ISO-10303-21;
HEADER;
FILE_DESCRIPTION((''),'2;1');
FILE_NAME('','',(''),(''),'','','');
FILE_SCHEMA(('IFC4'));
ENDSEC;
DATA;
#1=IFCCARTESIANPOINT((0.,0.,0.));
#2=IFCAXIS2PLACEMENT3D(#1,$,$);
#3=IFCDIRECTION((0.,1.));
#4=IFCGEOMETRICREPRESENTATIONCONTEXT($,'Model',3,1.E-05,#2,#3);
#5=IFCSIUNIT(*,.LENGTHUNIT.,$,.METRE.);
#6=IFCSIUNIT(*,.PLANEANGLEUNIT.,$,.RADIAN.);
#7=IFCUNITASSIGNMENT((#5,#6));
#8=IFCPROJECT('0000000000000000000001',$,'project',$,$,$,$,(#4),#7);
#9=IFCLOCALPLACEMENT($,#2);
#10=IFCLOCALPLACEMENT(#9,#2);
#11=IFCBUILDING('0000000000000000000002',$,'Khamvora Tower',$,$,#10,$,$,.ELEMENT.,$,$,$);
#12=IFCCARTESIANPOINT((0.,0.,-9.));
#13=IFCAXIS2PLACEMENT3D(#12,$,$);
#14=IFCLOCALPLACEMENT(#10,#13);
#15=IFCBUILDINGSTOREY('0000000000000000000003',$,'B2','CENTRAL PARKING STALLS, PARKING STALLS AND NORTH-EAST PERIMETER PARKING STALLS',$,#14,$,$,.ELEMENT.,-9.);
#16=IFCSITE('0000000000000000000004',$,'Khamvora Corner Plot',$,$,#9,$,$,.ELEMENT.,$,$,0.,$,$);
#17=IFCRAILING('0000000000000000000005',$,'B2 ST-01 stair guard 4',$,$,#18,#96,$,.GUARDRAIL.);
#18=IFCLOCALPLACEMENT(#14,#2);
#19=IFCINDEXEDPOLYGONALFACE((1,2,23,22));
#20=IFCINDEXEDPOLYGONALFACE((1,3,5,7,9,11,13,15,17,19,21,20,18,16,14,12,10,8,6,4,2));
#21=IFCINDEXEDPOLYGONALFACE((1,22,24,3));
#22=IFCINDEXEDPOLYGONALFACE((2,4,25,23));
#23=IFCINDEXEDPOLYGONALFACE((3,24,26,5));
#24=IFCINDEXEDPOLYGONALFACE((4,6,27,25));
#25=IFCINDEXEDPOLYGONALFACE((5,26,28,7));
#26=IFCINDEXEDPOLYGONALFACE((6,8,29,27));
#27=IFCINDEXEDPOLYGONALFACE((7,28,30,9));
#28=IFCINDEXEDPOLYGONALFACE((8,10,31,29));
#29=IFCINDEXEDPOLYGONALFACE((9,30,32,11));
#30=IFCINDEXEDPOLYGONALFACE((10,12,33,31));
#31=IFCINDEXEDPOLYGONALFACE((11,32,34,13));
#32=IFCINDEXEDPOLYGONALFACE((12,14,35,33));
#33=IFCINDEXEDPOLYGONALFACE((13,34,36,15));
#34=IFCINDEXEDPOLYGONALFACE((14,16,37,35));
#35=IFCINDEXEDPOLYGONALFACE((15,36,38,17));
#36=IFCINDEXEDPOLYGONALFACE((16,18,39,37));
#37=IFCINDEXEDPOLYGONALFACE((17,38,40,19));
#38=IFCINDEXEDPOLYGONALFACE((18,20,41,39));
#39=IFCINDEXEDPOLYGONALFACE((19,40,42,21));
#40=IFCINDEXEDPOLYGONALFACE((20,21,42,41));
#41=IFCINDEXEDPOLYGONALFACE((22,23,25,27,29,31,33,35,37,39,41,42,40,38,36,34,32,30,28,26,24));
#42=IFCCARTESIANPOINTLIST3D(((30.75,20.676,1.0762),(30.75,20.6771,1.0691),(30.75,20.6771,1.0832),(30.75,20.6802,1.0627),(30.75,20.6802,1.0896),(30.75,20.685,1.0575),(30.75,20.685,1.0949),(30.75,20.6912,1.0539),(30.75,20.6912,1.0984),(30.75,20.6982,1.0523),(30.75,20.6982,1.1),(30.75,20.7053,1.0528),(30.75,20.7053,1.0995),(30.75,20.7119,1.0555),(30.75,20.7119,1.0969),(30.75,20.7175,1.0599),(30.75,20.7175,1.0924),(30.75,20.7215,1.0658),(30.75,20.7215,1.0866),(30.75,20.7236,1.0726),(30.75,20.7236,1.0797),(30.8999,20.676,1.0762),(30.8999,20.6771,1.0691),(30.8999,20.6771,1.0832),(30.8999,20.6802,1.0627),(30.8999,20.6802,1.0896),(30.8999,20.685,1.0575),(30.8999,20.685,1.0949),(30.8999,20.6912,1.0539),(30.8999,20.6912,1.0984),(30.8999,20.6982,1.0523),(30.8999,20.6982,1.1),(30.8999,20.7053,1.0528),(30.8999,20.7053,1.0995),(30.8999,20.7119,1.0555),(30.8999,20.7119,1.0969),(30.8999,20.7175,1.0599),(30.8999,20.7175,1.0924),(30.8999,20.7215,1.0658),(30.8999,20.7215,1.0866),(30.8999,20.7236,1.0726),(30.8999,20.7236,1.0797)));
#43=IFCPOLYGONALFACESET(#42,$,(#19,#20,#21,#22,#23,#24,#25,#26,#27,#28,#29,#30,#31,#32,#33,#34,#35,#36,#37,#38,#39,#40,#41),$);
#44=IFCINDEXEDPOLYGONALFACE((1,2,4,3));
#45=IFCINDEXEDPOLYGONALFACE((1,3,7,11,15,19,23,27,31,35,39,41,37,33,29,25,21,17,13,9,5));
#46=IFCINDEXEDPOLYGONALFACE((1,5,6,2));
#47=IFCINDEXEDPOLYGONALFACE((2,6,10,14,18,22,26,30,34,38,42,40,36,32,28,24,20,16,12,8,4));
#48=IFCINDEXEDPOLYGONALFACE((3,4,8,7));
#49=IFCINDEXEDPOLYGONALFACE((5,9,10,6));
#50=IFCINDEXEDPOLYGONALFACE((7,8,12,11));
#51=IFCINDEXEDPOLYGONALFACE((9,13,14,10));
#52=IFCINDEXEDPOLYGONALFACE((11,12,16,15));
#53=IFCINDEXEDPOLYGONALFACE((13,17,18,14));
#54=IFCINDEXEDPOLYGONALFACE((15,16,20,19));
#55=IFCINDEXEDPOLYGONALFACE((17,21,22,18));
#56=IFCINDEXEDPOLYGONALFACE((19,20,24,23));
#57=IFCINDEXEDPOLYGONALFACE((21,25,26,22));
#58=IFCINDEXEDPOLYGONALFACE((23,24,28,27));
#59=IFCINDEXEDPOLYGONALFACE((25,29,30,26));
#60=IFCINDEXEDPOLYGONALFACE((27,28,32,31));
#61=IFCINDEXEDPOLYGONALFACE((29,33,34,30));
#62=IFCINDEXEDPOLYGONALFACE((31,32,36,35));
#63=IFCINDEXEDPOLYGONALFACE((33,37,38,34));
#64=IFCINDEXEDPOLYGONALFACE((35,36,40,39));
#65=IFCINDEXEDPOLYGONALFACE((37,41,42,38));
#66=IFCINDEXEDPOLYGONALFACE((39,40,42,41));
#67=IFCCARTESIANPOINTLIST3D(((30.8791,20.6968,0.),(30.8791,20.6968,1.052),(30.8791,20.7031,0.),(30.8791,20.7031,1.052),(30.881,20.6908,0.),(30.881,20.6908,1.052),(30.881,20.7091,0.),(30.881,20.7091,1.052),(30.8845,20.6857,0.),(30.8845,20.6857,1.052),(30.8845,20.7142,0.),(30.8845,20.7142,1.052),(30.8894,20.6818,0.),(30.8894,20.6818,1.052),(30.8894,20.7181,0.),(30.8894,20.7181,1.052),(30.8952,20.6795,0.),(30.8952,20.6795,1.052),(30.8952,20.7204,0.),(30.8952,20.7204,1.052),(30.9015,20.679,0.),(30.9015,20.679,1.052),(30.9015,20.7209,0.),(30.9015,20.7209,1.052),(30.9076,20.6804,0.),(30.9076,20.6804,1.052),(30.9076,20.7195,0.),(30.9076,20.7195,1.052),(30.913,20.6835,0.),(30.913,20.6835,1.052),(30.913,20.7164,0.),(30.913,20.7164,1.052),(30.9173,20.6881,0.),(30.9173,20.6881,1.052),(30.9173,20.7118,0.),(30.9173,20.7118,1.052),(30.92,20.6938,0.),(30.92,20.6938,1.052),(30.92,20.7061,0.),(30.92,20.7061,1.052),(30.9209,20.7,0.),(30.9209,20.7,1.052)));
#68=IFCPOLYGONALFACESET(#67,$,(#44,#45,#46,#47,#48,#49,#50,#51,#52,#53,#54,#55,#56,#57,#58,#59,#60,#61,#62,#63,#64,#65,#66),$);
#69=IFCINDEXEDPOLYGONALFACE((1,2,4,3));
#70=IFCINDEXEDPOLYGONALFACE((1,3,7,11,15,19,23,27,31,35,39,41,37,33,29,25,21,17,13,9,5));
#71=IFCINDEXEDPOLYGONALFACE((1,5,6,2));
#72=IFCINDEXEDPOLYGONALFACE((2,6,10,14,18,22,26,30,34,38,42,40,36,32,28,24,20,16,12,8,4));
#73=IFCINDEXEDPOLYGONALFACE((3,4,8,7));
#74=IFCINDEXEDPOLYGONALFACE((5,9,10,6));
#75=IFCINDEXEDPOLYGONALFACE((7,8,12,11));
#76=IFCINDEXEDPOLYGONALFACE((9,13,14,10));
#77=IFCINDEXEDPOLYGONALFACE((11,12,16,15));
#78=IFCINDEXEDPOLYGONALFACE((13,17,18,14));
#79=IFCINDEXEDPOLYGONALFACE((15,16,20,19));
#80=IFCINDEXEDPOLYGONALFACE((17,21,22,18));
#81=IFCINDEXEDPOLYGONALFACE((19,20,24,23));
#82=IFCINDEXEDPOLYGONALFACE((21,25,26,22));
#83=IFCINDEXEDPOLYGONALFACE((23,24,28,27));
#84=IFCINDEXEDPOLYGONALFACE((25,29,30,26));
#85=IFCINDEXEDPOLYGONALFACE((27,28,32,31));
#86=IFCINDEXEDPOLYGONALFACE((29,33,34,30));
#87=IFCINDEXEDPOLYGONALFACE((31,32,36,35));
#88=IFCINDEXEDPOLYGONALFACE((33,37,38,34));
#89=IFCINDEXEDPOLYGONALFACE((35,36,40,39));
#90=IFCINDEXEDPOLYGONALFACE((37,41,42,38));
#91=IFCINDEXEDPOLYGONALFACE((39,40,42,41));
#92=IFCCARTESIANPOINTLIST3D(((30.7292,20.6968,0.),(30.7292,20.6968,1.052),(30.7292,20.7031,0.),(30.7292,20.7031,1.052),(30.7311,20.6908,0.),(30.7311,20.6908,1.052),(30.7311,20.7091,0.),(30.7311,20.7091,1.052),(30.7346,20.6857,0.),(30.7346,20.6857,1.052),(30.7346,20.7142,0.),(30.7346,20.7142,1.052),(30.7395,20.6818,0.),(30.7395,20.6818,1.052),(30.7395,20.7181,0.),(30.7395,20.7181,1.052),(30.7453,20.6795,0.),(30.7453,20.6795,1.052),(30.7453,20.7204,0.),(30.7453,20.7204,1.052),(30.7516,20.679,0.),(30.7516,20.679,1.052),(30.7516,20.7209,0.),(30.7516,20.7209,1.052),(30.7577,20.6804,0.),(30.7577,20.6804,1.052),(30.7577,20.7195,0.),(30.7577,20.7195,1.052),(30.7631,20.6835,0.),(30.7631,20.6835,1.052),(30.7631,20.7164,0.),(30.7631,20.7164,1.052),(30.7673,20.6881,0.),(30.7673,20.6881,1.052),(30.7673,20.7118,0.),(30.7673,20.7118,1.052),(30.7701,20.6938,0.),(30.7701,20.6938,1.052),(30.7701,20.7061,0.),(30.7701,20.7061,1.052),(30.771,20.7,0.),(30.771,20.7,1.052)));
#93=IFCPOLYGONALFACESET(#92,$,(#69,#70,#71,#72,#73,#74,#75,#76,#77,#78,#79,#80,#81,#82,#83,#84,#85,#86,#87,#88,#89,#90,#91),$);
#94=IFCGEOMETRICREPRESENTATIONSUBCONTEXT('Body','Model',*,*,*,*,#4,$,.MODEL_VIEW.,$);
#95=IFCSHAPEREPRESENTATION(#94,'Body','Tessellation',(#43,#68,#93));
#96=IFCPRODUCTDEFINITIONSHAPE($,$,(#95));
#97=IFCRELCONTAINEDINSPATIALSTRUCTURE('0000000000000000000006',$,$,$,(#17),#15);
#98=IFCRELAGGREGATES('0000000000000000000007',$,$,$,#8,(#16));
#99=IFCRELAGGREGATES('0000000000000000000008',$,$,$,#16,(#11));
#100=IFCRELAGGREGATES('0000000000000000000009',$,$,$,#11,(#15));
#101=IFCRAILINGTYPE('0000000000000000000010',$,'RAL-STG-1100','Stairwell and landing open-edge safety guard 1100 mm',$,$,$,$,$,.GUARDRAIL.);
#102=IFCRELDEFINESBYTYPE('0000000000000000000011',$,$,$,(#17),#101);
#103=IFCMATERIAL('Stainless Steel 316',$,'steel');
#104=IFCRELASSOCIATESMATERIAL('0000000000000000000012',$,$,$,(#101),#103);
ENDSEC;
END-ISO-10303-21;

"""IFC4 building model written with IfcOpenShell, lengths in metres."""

from ifc_helpers import new_model, si_unit, direction, frame, origin, origin_2d, place, context, subcontext, project, spatial, circle, extrude, material, type_object, element, save


model = new_model("IFC4")

# Units and contexts
model_context = context("Model", 3, precision=1e-05, world=origin(), true_north=direction((0.0, 1.0)))
body_context = subcontext(model_context, "Body", "Model", "MODEL_VIEW")
ifc_project = project(units=[si_unit("LENGTHUNIT", "METRE"), si_unit("PLANEANGLEUNIT", "RADIAN")], contexts=[model_context])

# Site, building, storey
site_placement = place(None, origin())
site = spatial("IfcSite", under=ifc_project, at=site_placement, Name="Khamvora Corner Plot", CompositionType="ELEMENT", RefElevation=0.0)
building_placement = place(site_placement, origin())
building = spatial("IfcBuilding", under=site, at=building_placement, Name="Khamvora Tower", CompositionType="ELEMENT")
storey_placement = place(building_placement, frame((0.0, 0.0, -9.0)))
storey = spatial("IfcBuildingStorey", under=building, at=storey_placement, Name="B2", Description="CENTRAL PARKING STALLS, PARKING STALLS AND NORTH-EAST PERIMETER PARKING STALLS", CompositionType="ELEMENT", Elevation=-9.0)

# Railing
ifc_material_1 = material(Name="Stainless Steel 316", Category="steel")
railing_type = type_object("IfcRailingType", Name="RAL-STG-1100", Description="Stairwell and landing open-edge safety guard 1100 mm", PredefinedType="GUARDRAIL", material=ifc_material_1)
railing_1_placement = place(storey_placement, frame((30.8999, 20.7, 0.0)))
element("IfcRailing", 1, at=railing_1_placement, inside=storey, type_object=railing_type, Name="B2 ST-01 stair guard 4", PredefinedType="GUARDRAIL", context=body_context, shape_type="SweptSolid", body=[
    extrude(circle(Radius=0.0239, at=origin_2d()), frame((0.0, 0.0, 1.0762), z_axis=(-1.0, 0.0, 0.0), x_axis=(0.0, -1.0, 0.0)), (0.0, 0.0, 1.0), 0.1499),
    extrude(circle(Radius=0.021, at=origin_2d()), origin(), (0.0, 0.0, 1.0), 1.052),
    extrude(circle(Radius=0.021, at=origin_2d()), frame((-0.1499, 0.0, 0.0)), (0.0, 0.0, 1.0), 1.052),
])

save(model, "model.ifc")
